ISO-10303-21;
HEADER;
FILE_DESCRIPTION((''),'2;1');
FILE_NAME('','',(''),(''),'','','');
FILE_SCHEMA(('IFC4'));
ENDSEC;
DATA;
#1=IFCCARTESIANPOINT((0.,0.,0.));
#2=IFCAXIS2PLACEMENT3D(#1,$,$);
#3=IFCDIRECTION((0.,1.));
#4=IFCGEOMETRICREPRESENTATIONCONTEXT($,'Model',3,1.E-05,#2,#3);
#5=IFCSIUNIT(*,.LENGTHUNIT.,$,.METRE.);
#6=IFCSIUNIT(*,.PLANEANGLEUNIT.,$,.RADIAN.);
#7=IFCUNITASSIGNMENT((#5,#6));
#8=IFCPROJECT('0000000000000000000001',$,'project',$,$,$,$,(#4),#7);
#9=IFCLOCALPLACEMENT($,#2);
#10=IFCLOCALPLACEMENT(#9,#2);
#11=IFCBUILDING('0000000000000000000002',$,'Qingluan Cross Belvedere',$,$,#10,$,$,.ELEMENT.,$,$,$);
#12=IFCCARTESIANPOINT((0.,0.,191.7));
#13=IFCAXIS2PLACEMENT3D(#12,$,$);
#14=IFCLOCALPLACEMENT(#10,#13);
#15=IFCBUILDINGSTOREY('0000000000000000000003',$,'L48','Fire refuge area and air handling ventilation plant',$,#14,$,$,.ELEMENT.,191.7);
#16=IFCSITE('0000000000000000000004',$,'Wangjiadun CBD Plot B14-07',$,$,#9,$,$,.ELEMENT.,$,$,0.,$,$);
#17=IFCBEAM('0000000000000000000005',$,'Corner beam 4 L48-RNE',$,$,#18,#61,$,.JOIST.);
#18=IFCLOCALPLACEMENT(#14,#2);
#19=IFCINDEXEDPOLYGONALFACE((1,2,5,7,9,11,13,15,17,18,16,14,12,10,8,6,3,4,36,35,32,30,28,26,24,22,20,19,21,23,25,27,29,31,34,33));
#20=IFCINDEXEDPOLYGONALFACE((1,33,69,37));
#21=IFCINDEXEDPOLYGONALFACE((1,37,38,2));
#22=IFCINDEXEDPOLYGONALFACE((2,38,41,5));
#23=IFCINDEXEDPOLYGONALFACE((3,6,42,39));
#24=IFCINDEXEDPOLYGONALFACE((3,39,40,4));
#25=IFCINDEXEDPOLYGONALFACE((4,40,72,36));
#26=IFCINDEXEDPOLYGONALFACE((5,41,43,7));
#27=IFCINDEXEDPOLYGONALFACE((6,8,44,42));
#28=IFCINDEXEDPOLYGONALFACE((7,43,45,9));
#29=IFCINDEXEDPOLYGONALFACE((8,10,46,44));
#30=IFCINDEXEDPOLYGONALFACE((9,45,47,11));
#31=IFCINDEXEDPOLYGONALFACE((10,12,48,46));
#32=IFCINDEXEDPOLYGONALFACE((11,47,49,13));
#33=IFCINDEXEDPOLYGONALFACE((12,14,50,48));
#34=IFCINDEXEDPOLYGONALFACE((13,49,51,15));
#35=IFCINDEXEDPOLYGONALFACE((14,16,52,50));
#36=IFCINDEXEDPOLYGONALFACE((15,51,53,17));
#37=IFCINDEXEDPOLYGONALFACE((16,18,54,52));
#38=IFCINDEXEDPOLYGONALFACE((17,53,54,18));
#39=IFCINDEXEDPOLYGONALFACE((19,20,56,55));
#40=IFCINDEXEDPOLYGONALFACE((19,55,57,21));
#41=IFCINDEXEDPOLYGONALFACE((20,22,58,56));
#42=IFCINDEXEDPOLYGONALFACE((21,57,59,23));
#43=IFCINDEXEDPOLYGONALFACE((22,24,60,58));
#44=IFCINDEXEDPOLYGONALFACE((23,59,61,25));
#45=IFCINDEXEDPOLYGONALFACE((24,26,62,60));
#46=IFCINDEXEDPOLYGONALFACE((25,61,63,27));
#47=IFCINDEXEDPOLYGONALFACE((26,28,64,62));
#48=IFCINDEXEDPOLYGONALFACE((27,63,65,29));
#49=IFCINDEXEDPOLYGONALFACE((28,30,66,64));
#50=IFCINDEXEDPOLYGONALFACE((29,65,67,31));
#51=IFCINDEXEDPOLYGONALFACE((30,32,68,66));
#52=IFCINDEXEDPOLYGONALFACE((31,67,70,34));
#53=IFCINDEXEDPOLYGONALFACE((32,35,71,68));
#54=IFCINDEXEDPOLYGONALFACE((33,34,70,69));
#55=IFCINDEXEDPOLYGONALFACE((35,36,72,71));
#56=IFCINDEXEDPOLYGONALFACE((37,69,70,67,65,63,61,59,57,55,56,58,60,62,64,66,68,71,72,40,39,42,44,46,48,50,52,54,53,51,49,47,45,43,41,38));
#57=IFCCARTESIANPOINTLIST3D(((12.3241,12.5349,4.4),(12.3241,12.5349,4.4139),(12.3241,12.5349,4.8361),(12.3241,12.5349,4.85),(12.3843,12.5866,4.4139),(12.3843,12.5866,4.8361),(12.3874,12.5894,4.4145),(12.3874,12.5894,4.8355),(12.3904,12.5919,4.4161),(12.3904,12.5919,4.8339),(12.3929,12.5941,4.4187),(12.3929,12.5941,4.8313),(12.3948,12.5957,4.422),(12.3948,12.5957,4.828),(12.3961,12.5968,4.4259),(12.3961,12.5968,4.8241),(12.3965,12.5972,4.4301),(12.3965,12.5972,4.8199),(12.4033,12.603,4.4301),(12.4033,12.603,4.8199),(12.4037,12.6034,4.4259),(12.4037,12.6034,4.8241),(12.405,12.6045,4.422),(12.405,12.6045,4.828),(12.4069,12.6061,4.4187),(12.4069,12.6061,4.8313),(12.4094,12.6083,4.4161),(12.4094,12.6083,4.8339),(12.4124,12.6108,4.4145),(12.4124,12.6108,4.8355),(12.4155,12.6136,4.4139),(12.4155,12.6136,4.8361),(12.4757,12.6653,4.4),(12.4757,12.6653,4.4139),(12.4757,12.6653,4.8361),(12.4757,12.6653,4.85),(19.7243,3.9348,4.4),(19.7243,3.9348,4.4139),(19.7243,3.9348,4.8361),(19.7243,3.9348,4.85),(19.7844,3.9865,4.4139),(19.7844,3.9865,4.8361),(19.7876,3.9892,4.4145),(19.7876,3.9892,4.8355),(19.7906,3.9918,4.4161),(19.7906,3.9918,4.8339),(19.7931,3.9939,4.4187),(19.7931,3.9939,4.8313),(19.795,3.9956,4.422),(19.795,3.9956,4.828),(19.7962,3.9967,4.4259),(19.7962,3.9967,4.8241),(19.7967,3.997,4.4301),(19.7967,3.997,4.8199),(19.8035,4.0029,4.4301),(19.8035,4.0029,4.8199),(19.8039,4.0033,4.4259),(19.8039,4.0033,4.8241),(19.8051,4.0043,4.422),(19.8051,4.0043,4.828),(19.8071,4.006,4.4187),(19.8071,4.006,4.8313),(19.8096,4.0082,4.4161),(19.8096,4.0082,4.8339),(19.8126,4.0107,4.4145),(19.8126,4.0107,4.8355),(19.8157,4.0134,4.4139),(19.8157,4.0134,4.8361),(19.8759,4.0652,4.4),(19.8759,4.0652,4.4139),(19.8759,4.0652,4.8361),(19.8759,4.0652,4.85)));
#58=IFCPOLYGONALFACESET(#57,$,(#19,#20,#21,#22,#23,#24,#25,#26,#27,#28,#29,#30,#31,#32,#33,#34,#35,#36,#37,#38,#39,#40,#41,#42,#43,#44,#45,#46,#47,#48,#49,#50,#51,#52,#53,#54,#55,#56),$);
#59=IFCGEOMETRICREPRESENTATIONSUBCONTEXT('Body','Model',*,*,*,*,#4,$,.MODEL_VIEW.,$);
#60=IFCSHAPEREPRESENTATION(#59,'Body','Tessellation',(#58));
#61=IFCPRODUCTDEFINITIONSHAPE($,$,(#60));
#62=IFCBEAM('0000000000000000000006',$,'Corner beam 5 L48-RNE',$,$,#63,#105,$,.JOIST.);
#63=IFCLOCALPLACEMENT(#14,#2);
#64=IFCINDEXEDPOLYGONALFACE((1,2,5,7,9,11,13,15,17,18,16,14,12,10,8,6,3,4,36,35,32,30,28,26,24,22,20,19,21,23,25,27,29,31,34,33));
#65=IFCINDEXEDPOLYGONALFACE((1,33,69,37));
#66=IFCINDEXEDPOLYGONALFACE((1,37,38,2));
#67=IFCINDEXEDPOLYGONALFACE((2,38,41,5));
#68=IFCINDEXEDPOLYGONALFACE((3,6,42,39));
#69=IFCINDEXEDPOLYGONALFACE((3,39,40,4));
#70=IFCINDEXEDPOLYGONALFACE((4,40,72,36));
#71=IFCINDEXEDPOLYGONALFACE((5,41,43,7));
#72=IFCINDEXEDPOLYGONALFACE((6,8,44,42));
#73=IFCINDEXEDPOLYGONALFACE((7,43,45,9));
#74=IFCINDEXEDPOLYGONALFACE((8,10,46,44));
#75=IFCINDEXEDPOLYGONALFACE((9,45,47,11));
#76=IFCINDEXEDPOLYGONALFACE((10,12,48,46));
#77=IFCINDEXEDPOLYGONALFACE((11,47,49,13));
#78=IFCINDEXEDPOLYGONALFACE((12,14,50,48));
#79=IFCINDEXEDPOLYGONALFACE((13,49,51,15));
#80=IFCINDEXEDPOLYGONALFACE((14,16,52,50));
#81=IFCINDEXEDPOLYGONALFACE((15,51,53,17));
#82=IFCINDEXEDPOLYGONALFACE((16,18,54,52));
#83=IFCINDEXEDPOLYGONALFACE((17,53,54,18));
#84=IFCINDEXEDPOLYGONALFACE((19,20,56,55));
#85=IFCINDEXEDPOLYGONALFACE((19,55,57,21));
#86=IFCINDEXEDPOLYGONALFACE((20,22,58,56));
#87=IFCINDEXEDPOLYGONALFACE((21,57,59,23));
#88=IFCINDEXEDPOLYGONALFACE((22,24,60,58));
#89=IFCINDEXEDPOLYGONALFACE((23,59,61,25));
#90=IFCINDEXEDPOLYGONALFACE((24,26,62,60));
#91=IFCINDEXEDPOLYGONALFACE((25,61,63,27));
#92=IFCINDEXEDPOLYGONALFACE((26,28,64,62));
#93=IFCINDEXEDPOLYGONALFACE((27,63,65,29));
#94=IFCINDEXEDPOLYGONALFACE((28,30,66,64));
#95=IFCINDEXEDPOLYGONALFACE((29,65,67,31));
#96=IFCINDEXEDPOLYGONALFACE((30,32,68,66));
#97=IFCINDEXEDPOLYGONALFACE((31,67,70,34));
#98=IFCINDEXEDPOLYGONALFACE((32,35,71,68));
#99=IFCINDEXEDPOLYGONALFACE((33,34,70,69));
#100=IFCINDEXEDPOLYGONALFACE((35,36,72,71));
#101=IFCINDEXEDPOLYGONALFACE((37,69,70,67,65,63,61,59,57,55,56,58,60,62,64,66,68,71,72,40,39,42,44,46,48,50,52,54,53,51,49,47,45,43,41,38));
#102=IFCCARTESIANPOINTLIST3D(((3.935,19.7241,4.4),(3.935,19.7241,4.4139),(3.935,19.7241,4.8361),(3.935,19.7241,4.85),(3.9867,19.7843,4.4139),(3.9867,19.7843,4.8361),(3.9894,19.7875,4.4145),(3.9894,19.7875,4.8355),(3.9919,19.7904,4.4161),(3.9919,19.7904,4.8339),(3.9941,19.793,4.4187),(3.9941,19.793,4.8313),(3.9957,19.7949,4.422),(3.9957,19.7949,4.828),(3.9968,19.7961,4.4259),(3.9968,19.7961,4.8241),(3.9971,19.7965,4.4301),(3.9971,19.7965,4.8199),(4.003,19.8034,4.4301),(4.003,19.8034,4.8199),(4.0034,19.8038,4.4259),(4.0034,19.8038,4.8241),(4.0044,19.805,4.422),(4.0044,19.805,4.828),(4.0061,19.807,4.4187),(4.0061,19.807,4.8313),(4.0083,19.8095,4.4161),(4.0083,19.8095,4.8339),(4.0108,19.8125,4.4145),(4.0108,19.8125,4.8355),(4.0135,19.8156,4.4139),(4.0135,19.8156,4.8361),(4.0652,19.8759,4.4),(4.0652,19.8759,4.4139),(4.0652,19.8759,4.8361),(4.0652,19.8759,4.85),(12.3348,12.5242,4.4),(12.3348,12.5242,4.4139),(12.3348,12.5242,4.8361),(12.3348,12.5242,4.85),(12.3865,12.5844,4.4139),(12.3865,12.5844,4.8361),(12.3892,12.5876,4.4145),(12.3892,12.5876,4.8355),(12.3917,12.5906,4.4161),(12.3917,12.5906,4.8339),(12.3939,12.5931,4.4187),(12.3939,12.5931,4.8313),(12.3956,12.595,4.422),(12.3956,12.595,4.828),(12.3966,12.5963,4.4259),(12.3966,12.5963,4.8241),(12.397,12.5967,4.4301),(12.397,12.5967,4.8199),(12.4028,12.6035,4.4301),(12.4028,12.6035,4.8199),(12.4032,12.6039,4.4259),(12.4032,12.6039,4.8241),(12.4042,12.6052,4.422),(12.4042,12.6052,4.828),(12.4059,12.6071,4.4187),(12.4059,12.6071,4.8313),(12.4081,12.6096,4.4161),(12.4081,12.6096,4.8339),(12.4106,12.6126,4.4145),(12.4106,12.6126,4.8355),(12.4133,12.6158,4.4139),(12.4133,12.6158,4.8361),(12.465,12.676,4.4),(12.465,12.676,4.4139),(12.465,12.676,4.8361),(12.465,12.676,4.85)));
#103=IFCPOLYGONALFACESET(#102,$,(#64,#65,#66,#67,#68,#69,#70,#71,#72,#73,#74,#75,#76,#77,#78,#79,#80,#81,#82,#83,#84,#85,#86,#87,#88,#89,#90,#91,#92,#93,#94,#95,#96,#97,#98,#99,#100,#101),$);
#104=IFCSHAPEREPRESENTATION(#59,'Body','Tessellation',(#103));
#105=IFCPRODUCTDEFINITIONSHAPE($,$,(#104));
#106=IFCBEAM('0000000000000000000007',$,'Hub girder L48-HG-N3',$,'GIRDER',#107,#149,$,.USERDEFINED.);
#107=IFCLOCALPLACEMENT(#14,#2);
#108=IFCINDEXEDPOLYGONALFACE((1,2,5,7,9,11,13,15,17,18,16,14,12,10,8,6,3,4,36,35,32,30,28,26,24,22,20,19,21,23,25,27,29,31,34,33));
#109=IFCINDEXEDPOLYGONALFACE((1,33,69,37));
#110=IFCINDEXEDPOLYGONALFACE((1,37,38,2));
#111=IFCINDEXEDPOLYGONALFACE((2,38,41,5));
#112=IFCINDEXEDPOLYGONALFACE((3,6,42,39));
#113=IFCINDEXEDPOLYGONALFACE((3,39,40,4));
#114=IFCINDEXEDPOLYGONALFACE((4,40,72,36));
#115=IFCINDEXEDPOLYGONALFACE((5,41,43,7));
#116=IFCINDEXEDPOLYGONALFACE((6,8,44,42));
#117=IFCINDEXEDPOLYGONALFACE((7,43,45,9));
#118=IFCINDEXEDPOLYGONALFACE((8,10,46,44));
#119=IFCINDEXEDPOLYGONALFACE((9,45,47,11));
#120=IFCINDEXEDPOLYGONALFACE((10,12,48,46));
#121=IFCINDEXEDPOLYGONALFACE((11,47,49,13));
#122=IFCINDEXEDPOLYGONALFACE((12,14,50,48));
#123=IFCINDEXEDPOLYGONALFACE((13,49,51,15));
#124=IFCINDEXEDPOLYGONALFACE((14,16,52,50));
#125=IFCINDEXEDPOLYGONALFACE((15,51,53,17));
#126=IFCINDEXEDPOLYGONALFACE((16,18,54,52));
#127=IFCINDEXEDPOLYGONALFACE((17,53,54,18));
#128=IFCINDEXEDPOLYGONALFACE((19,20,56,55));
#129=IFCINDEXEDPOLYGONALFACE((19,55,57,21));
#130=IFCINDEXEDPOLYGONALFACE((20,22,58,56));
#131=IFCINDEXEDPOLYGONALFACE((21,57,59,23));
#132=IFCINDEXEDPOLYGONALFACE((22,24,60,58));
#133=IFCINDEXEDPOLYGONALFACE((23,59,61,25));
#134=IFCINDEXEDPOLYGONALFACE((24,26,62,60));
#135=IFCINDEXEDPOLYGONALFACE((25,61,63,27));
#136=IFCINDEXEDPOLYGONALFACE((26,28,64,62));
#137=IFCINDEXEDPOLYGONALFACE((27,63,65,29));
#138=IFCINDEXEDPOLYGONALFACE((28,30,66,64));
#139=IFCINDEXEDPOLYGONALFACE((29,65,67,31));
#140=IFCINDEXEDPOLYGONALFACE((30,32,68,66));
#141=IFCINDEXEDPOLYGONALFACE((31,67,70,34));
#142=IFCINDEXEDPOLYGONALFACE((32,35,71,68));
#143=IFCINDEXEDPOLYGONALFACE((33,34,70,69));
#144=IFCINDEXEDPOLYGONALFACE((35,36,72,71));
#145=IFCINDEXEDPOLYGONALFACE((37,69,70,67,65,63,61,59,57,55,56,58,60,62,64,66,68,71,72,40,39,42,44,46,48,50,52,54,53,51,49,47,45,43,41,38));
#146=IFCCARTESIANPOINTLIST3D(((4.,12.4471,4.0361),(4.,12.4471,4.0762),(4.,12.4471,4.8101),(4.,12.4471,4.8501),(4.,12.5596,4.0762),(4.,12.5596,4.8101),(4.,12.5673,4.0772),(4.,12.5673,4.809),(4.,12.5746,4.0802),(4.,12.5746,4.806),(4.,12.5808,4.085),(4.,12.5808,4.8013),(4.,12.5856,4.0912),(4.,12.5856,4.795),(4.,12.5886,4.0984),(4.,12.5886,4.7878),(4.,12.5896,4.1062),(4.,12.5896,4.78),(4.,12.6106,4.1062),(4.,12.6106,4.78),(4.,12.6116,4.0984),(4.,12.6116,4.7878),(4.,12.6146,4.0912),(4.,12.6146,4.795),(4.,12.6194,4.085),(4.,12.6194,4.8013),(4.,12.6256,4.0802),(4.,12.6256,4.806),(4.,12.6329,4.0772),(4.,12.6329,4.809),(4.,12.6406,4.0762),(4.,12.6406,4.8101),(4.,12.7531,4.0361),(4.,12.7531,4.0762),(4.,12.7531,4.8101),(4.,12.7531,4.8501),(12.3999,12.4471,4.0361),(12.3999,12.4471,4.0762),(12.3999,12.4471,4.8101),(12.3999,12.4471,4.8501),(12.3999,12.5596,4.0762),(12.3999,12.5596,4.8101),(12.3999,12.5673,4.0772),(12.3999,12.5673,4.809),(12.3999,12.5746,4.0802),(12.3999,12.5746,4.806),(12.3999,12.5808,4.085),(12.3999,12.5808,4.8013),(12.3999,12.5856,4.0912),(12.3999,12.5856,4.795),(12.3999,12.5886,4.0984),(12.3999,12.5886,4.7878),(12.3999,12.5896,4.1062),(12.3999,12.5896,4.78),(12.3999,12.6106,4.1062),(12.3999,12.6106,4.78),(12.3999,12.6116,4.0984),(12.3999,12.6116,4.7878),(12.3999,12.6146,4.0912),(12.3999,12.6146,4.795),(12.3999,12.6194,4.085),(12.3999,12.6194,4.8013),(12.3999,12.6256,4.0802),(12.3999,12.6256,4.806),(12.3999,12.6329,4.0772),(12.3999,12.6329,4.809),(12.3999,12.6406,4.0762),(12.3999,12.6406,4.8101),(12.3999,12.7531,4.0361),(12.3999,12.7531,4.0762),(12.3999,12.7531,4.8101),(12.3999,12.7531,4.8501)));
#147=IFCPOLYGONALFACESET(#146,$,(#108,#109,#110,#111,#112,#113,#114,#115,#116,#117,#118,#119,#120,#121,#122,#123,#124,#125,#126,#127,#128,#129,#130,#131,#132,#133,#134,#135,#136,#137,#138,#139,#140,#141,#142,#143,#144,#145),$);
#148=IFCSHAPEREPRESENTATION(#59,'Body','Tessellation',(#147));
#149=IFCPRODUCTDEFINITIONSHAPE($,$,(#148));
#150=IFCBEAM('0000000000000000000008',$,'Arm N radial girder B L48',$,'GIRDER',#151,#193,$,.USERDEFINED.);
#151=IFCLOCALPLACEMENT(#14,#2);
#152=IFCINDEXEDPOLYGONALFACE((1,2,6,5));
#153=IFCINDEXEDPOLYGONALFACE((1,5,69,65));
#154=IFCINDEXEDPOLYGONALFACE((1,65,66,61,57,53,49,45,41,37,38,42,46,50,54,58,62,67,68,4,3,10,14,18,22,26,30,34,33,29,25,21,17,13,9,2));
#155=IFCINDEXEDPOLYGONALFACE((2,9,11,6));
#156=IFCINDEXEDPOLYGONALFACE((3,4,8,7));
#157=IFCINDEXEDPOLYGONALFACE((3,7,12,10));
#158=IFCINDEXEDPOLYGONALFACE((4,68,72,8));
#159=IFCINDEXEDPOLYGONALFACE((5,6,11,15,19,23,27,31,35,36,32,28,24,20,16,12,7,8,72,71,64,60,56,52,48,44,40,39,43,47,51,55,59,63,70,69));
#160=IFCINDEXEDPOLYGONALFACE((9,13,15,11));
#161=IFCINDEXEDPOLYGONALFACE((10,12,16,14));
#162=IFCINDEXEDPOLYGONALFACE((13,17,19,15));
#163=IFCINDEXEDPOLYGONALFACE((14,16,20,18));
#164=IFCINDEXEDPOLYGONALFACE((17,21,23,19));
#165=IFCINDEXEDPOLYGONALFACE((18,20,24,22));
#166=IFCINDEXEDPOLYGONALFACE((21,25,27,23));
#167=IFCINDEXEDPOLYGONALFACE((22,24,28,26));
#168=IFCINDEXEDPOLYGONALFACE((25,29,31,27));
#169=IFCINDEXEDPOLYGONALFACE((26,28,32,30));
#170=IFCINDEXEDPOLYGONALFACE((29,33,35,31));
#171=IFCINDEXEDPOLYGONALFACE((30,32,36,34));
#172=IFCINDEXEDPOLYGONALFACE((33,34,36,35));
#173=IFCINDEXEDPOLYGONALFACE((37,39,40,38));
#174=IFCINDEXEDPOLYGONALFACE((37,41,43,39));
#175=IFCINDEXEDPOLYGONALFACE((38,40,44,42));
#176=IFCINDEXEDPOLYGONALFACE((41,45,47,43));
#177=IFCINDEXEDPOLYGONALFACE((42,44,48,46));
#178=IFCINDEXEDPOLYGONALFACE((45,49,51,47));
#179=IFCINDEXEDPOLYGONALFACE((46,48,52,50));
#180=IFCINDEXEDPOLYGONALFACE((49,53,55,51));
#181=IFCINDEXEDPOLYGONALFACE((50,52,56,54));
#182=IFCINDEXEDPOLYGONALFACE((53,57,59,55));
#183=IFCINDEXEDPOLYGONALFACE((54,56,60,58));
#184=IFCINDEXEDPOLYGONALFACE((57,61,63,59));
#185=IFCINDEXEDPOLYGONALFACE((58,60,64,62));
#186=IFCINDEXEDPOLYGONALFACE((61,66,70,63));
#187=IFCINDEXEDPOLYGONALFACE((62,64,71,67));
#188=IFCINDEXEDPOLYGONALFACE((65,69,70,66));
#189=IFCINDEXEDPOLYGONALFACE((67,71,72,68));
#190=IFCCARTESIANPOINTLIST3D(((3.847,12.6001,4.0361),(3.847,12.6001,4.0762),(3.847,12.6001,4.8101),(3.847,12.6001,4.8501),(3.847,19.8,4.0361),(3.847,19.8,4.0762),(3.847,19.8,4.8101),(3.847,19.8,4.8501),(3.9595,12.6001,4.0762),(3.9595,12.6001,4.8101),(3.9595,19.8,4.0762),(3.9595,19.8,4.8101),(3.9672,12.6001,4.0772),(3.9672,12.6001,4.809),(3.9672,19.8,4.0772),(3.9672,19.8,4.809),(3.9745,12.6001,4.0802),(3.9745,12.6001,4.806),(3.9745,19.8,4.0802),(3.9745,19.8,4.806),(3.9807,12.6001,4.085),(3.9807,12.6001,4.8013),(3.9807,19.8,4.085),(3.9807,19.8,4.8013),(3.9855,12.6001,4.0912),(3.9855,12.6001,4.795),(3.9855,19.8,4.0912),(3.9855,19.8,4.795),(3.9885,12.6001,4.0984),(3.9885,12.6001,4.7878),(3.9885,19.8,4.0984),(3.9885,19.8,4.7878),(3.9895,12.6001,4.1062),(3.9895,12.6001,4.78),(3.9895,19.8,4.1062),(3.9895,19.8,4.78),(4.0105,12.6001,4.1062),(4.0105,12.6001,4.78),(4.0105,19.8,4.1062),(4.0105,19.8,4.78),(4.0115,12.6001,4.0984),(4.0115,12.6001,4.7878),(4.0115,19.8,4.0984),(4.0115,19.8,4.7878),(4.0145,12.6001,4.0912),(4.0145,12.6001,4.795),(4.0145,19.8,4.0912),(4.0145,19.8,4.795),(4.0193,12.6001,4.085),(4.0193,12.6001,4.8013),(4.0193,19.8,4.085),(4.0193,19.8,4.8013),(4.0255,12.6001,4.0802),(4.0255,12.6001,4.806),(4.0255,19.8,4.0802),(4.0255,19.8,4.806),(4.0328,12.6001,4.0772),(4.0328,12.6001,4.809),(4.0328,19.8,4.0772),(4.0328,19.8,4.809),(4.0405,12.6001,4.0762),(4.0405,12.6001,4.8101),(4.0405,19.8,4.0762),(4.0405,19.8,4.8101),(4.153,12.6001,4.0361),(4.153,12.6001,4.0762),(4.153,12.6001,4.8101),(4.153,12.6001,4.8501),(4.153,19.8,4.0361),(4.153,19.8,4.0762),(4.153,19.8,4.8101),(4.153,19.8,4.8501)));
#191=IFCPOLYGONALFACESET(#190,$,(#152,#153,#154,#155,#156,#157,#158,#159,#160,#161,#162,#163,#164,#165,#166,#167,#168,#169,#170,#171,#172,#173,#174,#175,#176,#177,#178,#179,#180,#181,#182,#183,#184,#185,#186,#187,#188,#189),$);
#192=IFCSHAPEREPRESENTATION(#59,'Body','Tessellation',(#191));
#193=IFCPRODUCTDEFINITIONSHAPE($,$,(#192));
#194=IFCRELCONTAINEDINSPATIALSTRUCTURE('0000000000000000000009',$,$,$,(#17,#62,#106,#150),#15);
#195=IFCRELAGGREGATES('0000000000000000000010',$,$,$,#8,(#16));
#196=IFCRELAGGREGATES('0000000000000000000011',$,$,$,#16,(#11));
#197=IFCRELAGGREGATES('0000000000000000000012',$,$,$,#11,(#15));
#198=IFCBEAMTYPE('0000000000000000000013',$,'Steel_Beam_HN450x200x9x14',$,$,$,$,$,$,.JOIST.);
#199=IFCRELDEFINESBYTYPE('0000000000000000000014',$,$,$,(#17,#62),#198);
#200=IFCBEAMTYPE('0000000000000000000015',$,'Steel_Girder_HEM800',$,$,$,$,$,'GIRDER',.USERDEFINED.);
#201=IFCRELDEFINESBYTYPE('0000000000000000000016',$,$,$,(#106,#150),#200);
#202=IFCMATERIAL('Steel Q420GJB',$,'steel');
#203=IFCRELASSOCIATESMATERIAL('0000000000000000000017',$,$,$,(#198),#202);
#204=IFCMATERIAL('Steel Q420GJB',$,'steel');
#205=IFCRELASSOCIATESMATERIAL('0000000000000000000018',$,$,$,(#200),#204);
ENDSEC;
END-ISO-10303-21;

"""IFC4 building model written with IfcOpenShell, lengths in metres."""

from ifc_helpers import new_model, si_unit, direction, frame, origin, origin_2d, place, context, subcontext, project, spatial, i_section, extrude, material, material_profile, profile_set, type_object, element, save


model = new_model("IFC4")

# Units and contexts
model_context = context("Model", 3, precision=1e-05, world=origin(), true_north=direction((0.0, 1.0)))
body_context = subcontext(model_context, "Body", "Model", "MODEL_VIEW")
ifc_project = project(units=[si_unit("LENGTHUNIT", "METRE"), si_unit("PLANEANGLEUNIT", "RADIAN")], contexts=[model_context])

# Site, building, storey
site_placement = place(None, origin())
site = spatial("IfcSite", under=ifc_project, at=site_placement, Name="Wangjiadun CBD Plot B14-07", CompositionType="ELEMENT", RefElevation=0.0)
building_placement = place(site_placement, origin())
building = spatial("IfcBuilding", under=site, at=building_placement, Name="Qingluan Cross Belvedere", CompositionType="ELEMENT")
storey_placement = place(building_placement, frame((0.0, 0.0, 191.7)))
storey = spatial("IfcBuildingStorey", under=building, at=storey_placement, Name="L48", Description="Fire refuge area and air handling ventilation plant", CompositionType="ELEMENT", Elevation=191.7)

# Beams
ifc_material_1 = material(Name="Steel Q420GJB", Category="steel")
ifc_material_profile_1 = material_profile(ifc_material_1, i_section(OverallWidth=0.2, OverallDepth=0.45, WebThickness=0.009, FlangeThickness=0.0139, FilletRadius=0.0161, at=origin_2d()), Name="HN450x200x9x14")
ifc_profile_set_1 = profile_set([ifc_material_profile_1], Name="Steel Q420GJB")
beam_type_1 = type_object("IfcBeamType", Name="Steel_Beam_HN450x200x9x14", PredefinedType="JOIST", material=ifc_profile_set_1)
beam_1_placement = place(storey_placement, frame((12.3999, 12.6001, 4.625), z_axis=(0.652245, -0.758008, 0.0), x_axis=(0.758008, 0.652245, 0.0)))
element("IfcBeam", 1, at=beam_1_placement, inside=storey, type_object=beam_type_1, Name="Corner beam 4 L48-RNE", PredefinedType="JOIST", context=body_context, shape_type="SweptSolid", body=[
    extrude(i_section(OverallWidth=0.2, OverallDepth=0.45, WebThickness=0.009, FlangeThickness=0.0139, FilletRadius=0.0161, at=origin_2d()), origin(), (0.0, 0.0, 1.0), 11.3457),
])
beam_2_placement = place(storey_placement, frame((12.3999, 12.6001, 4.625), z_axis=(-0.759255, 0.650793, 0.0), x_axis=(-0.650793, -0.759255, 0.0)))
element("IfcBeam", 2, at=beam_2_placement, inside=storey, type_object=beam_type_1, Name="Corner beam 5 L48-RNE", PredefinedType="JOIST", context=body_context, shape_type="SweptSolid", body=[
    extrude(i_section(OverallWidth=0.2, OverallDepth=0.45, WebThickness=0.009, FlangeThickness=0.0139, FilletRadius=0.0161, at=origin_2d()), origin(), (0.0, 0.0, 1.0), 11.0632),
])
ifc_material_2 = material(Name="Steel Q420GJB", Category="steel")
ifc_material_profile_2 = material_profile(ifc_material_2, i_section(OverallWidth=0.3059, OverallDepth=0.814, WebThickness=0.021, FlangeThickness=0.04, FilletRadius=0.03, at=origin_2d()), Name="HEM800")
ifc_profile_set_2 = profile_set([ifc_material_profile_2], Name="Steel Q420GJB")
beam_type_2 = type_object("IfcBeamType", Name="Steel_Girder_HEM800", ElementType="GIRDER", PredefinedType="USERDEFINED", material=ifc_profile_set_2)
beam_3_placement = place(storey_placement, frame((4.0, 12.6001, 4.4431), z_axis=(1.0, 0.0, 0.0), x_axis=(0.0, 1.0, 0.0)))
element("IfcBeam", 3, at=beam_3_placement, inside=storey, type_object=beam_type_2, Name="Hub girder L48-HG-N3", ObjectType="GIRDER", PredefinedType="USERDEFINED", context=body_context, shape_type="SweptSolid", body=[
    extrude(i_section(OverallWidth=0.3059, OverallDepth=0.814, WebThickness=0.021, FlangeThickness=0.04, FilletRadius=0.03, at=origin_2d()), origin(), (0.0, 0.0, 1.0), 8.3999),
])
beam_4_placement = place(storey_placement, frame((4.0, 12.6001, 4.4431), z_axis=(0.0, 1.0, 0.0), x_axis=(-1.0, 0.0, 0.0)))
element("IfcBeam", 4, at=beam_4_placement, inside=storey, type_object=beam_type_2, Name="Arm N radial girder B L48", ObjectType="GIRDER", PredefinedType="USERDEFINED", context=body_context, shape_type="SweptSolid", body=[
    extrude(i_section(OverallWidth=0.3059, OverallDepth=0.814, WebThickness=0.021, FlangeThickness=0.04, FilletRadius=0.03, at=origin_2d()), origin(), (0.0, 0.0, 1.0), 7.2),
])

save(model, "model.ifc")
